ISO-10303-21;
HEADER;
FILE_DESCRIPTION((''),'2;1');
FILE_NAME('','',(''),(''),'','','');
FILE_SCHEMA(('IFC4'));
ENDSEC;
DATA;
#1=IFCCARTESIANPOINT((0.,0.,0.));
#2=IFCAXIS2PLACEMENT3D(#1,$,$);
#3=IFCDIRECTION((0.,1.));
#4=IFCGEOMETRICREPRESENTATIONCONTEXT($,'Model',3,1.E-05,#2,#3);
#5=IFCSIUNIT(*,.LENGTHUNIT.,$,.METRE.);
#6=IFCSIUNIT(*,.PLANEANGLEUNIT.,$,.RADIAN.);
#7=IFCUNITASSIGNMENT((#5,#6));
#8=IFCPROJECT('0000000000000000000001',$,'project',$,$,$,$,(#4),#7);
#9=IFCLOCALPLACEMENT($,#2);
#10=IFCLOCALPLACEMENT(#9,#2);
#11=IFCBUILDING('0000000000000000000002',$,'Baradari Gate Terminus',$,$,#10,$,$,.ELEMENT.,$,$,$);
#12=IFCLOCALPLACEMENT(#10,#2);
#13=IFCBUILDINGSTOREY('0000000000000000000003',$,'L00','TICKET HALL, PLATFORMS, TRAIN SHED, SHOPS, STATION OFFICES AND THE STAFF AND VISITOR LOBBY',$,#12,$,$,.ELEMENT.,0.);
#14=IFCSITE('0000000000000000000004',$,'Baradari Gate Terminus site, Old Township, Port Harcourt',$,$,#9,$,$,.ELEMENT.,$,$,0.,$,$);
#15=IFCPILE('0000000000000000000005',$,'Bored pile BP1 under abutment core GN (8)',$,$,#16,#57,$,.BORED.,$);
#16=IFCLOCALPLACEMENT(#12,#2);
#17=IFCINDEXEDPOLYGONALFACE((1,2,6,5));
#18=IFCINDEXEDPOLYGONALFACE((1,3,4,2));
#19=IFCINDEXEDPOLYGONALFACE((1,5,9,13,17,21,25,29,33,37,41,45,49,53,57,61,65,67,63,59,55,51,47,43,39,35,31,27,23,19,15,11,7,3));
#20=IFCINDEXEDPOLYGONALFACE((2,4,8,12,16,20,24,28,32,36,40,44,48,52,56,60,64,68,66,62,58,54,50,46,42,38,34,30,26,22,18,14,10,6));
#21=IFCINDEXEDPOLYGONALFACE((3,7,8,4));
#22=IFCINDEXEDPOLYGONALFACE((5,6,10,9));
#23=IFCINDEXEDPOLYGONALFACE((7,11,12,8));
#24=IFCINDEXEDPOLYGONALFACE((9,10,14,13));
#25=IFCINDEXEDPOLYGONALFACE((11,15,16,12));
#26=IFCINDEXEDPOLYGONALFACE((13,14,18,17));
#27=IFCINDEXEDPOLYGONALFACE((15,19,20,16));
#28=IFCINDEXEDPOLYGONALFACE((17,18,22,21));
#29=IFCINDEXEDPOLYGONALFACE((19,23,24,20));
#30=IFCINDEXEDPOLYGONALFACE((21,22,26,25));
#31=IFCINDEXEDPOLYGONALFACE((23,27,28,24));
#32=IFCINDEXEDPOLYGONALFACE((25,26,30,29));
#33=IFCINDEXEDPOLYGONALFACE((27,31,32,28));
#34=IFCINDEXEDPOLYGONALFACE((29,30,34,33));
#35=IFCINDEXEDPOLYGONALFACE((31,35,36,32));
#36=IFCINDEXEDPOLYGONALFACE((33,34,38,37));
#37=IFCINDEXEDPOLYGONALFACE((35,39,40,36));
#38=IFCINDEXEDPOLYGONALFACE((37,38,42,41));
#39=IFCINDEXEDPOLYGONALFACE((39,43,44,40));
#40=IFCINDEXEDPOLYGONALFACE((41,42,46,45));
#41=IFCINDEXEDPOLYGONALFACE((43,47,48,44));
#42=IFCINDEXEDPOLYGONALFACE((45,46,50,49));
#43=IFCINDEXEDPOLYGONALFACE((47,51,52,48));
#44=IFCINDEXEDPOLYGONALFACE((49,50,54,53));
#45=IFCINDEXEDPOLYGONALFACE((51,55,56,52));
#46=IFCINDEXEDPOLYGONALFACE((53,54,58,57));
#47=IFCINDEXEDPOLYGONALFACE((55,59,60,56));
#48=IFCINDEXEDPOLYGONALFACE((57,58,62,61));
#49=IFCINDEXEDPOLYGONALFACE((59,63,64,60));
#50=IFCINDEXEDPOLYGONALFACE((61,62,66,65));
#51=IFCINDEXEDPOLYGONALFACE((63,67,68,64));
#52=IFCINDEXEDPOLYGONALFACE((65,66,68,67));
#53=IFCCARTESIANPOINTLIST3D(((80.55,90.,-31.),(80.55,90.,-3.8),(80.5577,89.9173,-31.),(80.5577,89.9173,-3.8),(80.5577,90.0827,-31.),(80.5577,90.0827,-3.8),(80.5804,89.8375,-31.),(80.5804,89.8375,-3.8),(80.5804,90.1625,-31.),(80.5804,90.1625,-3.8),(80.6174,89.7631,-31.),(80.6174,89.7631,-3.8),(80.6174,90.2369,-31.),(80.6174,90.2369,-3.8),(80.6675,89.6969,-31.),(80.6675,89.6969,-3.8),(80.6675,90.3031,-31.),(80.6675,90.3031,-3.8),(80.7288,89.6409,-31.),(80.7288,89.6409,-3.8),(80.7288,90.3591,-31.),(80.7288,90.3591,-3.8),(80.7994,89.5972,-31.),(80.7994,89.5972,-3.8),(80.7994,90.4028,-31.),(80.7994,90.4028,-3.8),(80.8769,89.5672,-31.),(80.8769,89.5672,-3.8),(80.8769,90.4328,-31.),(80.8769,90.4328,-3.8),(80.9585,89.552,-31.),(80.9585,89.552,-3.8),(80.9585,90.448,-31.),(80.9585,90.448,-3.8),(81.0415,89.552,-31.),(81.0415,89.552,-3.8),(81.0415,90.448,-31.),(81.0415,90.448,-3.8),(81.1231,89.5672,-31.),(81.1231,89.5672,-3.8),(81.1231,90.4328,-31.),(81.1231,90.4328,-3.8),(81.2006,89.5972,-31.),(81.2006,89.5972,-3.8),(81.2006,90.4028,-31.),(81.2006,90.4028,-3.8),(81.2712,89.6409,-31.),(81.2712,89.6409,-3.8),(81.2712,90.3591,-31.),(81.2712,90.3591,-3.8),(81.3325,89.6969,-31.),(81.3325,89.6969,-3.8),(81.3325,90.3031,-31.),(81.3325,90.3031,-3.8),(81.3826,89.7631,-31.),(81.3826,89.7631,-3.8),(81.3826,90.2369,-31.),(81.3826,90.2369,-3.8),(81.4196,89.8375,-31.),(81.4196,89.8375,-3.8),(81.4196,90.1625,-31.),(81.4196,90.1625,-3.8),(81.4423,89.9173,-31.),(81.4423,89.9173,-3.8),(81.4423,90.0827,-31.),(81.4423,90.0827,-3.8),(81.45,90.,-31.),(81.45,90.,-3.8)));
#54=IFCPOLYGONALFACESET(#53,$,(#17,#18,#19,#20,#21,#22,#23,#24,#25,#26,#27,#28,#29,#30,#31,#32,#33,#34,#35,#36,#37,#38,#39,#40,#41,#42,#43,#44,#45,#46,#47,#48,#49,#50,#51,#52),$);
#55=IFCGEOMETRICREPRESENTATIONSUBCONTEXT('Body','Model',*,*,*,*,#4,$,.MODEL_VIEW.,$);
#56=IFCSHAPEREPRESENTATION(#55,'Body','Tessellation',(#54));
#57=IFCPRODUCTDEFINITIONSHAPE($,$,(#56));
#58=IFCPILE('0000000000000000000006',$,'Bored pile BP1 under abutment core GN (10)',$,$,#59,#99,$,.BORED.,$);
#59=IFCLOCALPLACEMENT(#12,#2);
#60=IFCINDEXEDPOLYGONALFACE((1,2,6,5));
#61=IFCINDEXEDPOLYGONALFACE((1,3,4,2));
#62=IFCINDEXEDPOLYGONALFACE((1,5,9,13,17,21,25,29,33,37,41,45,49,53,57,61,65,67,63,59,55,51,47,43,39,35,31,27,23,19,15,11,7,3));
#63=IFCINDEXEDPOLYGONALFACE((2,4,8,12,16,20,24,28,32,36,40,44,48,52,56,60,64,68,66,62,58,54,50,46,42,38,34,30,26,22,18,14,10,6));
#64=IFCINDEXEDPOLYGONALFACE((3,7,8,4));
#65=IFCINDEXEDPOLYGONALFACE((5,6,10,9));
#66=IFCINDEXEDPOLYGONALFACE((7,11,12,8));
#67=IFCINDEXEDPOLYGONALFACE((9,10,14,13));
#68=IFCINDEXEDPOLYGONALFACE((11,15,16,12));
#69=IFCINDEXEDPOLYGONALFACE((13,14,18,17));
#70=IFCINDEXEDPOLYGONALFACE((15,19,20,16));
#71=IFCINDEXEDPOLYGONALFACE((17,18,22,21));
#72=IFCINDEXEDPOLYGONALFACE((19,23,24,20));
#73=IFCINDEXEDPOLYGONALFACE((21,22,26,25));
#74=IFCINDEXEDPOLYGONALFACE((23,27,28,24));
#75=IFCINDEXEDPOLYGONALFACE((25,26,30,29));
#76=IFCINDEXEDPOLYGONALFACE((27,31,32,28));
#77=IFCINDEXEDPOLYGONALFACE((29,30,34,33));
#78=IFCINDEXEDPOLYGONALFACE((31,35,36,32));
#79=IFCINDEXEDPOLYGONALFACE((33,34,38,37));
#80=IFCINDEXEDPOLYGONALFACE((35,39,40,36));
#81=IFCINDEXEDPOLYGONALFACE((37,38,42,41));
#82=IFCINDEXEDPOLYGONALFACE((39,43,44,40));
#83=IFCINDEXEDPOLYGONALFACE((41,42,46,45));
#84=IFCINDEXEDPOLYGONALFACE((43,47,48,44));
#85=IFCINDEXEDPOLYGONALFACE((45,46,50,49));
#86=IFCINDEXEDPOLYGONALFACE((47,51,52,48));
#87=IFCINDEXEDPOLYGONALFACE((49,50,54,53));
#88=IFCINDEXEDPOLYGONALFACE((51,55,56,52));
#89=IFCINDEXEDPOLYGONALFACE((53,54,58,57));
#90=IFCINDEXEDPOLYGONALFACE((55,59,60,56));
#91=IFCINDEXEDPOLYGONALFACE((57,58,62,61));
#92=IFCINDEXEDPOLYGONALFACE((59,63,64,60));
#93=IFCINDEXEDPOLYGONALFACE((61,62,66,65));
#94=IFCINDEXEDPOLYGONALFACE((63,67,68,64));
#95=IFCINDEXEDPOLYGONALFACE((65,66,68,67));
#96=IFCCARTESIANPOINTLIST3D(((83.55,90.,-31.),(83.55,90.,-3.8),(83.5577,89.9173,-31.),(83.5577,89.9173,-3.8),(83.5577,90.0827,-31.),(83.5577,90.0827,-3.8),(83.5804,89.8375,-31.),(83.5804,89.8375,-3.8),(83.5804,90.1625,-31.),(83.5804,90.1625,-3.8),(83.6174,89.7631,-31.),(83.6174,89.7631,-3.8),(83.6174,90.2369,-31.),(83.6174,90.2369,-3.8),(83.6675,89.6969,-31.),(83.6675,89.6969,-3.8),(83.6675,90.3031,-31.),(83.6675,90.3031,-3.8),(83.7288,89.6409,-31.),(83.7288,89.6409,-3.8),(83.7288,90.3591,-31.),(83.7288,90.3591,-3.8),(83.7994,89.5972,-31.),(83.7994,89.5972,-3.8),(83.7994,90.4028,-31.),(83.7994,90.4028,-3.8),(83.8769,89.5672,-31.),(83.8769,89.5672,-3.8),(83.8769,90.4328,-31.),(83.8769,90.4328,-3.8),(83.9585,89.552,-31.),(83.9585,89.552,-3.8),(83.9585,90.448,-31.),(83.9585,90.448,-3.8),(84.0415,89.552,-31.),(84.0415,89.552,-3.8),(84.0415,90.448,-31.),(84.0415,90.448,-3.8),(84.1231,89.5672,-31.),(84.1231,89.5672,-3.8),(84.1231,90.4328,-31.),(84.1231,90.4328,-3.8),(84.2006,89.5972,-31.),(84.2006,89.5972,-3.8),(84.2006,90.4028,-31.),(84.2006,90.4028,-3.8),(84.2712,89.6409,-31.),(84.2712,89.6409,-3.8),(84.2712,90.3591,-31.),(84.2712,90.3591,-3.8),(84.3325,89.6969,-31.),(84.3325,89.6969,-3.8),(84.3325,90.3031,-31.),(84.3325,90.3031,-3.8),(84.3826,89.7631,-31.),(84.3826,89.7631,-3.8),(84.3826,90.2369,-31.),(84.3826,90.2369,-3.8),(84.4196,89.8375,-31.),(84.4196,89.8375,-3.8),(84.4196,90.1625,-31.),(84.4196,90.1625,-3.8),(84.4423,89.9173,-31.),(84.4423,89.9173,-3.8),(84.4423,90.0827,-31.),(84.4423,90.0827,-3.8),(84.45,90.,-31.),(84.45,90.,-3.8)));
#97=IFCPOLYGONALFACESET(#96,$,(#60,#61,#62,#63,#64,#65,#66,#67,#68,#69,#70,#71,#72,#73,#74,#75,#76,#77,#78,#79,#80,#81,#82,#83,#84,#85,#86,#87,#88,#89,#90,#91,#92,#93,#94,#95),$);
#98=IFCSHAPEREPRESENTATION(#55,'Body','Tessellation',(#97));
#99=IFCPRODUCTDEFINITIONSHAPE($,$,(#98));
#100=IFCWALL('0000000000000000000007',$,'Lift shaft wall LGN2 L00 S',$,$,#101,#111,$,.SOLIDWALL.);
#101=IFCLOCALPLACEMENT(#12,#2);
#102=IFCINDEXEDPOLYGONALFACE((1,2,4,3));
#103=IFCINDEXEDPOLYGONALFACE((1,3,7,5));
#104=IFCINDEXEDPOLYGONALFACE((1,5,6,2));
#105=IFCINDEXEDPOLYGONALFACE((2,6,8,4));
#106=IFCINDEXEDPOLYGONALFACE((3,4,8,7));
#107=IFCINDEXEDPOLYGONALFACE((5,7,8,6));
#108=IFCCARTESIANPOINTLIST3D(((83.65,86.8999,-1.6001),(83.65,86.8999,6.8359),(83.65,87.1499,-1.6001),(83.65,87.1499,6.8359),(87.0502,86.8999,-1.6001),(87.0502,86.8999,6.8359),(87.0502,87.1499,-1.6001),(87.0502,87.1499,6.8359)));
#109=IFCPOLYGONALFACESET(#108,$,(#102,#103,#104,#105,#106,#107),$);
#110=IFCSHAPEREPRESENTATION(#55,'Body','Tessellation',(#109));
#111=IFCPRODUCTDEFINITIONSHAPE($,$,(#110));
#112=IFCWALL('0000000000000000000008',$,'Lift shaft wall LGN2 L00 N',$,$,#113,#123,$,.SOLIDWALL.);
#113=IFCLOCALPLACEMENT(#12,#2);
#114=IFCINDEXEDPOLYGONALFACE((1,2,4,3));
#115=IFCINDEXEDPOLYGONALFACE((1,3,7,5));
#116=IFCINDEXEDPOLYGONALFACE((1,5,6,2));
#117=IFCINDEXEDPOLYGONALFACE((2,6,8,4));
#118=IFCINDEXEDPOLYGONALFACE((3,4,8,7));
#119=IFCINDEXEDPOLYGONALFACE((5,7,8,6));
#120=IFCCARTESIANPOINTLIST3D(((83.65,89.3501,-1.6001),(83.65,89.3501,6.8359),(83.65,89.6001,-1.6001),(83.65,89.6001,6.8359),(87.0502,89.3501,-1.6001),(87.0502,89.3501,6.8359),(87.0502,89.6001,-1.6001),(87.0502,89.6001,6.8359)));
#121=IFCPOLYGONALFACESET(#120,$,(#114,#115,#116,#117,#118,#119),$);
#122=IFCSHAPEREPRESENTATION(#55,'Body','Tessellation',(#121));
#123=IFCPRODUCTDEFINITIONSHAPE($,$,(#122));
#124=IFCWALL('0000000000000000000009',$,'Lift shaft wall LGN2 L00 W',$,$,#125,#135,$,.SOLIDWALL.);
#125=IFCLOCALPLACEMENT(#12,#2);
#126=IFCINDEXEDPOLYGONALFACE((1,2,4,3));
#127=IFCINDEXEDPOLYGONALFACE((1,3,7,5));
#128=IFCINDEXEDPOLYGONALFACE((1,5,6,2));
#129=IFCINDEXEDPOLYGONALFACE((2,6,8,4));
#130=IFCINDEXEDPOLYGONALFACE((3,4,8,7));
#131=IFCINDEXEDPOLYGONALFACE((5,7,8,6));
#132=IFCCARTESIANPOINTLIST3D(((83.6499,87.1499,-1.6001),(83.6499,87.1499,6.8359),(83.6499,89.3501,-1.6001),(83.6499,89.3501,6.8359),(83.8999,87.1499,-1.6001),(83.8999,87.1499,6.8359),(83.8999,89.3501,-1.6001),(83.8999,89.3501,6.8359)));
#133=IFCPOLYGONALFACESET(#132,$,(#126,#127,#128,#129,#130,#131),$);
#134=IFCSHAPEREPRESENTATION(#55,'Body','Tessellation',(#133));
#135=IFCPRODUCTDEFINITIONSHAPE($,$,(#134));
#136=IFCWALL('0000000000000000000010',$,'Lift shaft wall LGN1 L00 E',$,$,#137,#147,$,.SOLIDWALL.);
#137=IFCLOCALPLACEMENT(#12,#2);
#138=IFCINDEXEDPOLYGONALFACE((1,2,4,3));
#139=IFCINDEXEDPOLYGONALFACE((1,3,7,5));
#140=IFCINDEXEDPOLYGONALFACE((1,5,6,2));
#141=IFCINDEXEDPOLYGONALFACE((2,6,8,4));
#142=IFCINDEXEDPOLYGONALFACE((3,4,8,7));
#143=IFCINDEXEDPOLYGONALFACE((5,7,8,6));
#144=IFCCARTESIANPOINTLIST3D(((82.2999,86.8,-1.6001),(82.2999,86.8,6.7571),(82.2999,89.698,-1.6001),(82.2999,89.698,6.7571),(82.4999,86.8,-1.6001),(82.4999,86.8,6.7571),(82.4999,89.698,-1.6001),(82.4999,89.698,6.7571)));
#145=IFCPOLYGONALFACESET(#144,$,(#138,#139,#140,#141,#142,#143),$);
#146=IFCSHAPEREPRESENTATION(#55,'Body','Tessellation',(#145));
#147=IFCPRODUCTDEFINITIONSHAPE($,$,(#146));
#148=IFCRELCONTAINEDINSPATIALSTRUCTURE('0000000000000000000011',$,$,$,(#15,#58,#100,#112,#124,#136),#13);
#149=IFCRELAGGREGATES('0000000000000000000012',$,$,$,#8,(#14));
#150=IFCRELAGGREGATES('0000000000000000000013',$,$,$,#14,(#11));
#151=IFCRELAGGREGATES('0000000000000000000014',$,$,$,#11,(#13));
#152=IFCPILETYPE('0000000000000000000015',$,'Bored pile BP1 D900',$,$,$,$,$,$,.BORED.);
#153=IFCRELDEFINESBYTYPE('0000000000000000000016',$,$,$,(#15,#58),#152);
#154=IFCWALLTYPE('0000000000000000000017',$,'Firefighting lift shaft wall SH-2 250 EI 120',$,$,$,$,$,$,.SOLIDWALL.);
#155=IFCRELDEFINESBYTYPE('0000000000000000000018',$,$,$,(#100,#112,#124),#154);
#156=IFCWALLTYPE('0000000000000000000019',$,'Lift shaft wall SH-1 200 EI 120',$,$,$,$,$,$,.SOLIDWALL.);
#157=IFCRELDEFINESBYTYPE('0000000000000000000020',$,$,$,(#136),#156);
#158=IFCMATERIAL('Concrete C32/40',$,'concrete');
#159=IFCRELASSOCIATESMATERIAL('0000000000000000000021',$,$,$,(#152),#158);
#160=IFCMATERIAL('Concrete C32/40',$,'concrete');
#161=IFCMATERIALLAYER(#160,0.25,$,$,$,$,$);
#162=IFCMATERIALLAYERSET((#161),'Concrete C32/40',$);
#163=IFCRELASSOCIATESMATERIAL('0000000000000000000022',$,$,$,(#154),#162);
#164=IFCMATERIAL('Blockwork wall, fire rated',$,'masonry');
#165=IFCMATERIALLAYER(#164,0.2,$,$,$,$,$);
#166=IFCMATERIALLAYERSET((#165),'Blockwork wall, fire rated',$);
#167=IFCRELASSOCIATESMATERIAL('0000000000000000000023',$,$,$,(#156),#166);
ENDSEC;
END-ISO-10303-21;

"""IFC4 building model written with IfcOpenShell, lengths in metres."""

from ifc_helpers import new_model, si_unit, direction, frame, frame_2d, origin, origin_2d, place, context, subcontext, project, spatial, rectangle, circle, extrude, material, layer, layer_set, type_object, element, save


model = new_model("IFC4")

# Units and contexts
model_context = context("Model", 3, precision=1e-05, world=origin(), true_north=direction((0.0, 1.0)))
body_context = subcontext(model_context, "Body", "Model", "MODEL_VIEW")
ifc_project = project(units=[si_unit("LENGTHUNIT", "METRE"), si_unit("PLANEANGLEUNIT", "RADIAN")], contexts=[model_context])

# Site, building, storey
site_placement = place(None, origin())
site = spatial("IfcSite", under=ifc_project, at=site_placement, Name="Baradari Gate Terminus site, Old Township, Port Harcourt", CompositionType="ELEMENT", RefElevation=0.0)
building_placement = place(site_placement, origin())
building = spatial("IfcBuilding", under=site, at=building_placement, Name="Baradari Gate Terminus", CompositionType="ELEMENT")
storey_placement = place(building_placement, origin())
storey = spatial("IfcBuildingStorey", under=building, at=storey_placement, Name="L00", Description="TICKET HALL, PLATFORMS, TRAIN SHED, SHOPS, STATION OFFICES AND THE STAFF AND VISITOR LOBBY", CompositionType="ELEMENT", Elevation=0.0)

# Piles
ifc_material_1 = material(Name="Concrete C32/40", Category="concrete")
pile_type = type_object("IfcPileType", Name="Bored pile BP1 D900", PredefinedType="BORED", material=ifc_material_1)
for number, where, z_axis, x_axis, name in (
    (1, (81.0, 90.0, -3.8), (0.0, 0.0, -1.0), (1.0, 0.0, 0.0), "Bored pile BP1 under abutment core GN (8)"),
    (2, (84.0, 90.0, -3.8), (0.0, 0.0, -1.0), (1.0, 0.0, 0.0), "Bored pile BP1 under abutment core GN (10)"),
):
    element("IfcPile", number, at=place(storey_placement, frame(where, z_axis=z_axis, x_axis=x_axis)), inside=storey, type_object=pile_type, Name=name, PredefinedType="BORED", context=body_context, shape_type="SweptSolid", body=[
        extrude(circle(Radius=0.45, at=origin_2d()), origin(), (0.0, 0.0, 1.0), 27.2),
    ])

# Walls
ifc_material_2 = material(Name="Concrete C32/40", Category="concrete")
ifc_layer_1 = layer(ifc_material_2, 0.25)
ifc_layer_set_1 = layer_set([ifc_layer_1], Name="Concrete C32/40")
wall_type_1 = type_object("IfcWallType", Name="Firefighting lift shaft wall SH-2 250 EI 120", PredefinedType="SOLIDWALL", material=ifc_layer_set_1)
for number, where, z_axis, x_axis, name in (
    (3, (83.6499, 87.0249, -1.6001), (0.0, 0.0, 1.0), (1.0, 0.0, 0.0), "Lift shaft wall LGN2 L00 S"),
    (4, (83.6499, 89.4751, -1.6001), (0.0, 0.0, 1.0), (1.0, 0.0, 0.0), "Lift shaft wall LGN2 L00 N"),
):
    element("IfcWall", number, at=place(storey_placement, frame(where, z_axis=z_axis, x_axis=x_axis)), inside=storey, type_object=wall_type_1, Name=name, PredefinedType="SOLIDWALL", context=body_context, shape_type="SweptSolid", body=[
        extrude(rectangle(XDim=3.4001, YDim=0.25, at=frame_2d((1.7002, 0.0))), origin(), (0.0, 0.0, 1.0), 8.436),
    ])
wall_1_placement = place(storey_placement, frame((83.7749, 87.1499, -1.6001), z_axis=(0.0, 0.0, 1.0), x_axis=(0.0, 1.0, 0.0)))
element("IfcWall", 5, at=wall_1_placement, inside=storey, type_object=wall_type_1, Name="Lift shaft wall LGN2 L00 W", PredefinedType="SOLIDWALL", context=body_context, shape_type="SweptSolid", body=[
    extrude(rectangle(XDim=2.2002, YDim=0.25, at=frame_2d((1.1001, 0.0))), origin(), (0.0, 0.0, 1.0), 8.436),
])
ifc_material_3 = material(Name="Blockwork wall, fire rated", Category="masonry")
ifc_layer_2 = layer(ifc_material_3, 0.2)
ifc_layer_set_2 = layer_set([ifc_layer_2], Name="Blockwork wall, fire rated")
wall_type_2 = type_object("IfcWallType", Name="Lift shaft wall SH-1 200 EI 120", PredefinedType="SOLIDWALL", material=ifc_layer_set_2)
wall_2_placement = place(storey_placement, frame((82.3999, 86.8, -1.6001), z_axis=(0.0, 0.0, 1.0), x_axis=(0.0, 1.0, 0.0)))
element("IfcWall", 6, at=wall_2_placement, inside=storey, type_object=wall_type_2, Name="Lift shaft wall LGN1 L00 E", PredefinedType="SOLIDWALL", context=body_context, shape_type="SweptSolid", body=[
    extrude(rectangle(XDim=2.8979, YDim=0.2, at=frame_2d((1.449, 0.0))), origin(), (0.0, 0.0, 1.0), 8.3572),
])

save(model, "model.ifc")
